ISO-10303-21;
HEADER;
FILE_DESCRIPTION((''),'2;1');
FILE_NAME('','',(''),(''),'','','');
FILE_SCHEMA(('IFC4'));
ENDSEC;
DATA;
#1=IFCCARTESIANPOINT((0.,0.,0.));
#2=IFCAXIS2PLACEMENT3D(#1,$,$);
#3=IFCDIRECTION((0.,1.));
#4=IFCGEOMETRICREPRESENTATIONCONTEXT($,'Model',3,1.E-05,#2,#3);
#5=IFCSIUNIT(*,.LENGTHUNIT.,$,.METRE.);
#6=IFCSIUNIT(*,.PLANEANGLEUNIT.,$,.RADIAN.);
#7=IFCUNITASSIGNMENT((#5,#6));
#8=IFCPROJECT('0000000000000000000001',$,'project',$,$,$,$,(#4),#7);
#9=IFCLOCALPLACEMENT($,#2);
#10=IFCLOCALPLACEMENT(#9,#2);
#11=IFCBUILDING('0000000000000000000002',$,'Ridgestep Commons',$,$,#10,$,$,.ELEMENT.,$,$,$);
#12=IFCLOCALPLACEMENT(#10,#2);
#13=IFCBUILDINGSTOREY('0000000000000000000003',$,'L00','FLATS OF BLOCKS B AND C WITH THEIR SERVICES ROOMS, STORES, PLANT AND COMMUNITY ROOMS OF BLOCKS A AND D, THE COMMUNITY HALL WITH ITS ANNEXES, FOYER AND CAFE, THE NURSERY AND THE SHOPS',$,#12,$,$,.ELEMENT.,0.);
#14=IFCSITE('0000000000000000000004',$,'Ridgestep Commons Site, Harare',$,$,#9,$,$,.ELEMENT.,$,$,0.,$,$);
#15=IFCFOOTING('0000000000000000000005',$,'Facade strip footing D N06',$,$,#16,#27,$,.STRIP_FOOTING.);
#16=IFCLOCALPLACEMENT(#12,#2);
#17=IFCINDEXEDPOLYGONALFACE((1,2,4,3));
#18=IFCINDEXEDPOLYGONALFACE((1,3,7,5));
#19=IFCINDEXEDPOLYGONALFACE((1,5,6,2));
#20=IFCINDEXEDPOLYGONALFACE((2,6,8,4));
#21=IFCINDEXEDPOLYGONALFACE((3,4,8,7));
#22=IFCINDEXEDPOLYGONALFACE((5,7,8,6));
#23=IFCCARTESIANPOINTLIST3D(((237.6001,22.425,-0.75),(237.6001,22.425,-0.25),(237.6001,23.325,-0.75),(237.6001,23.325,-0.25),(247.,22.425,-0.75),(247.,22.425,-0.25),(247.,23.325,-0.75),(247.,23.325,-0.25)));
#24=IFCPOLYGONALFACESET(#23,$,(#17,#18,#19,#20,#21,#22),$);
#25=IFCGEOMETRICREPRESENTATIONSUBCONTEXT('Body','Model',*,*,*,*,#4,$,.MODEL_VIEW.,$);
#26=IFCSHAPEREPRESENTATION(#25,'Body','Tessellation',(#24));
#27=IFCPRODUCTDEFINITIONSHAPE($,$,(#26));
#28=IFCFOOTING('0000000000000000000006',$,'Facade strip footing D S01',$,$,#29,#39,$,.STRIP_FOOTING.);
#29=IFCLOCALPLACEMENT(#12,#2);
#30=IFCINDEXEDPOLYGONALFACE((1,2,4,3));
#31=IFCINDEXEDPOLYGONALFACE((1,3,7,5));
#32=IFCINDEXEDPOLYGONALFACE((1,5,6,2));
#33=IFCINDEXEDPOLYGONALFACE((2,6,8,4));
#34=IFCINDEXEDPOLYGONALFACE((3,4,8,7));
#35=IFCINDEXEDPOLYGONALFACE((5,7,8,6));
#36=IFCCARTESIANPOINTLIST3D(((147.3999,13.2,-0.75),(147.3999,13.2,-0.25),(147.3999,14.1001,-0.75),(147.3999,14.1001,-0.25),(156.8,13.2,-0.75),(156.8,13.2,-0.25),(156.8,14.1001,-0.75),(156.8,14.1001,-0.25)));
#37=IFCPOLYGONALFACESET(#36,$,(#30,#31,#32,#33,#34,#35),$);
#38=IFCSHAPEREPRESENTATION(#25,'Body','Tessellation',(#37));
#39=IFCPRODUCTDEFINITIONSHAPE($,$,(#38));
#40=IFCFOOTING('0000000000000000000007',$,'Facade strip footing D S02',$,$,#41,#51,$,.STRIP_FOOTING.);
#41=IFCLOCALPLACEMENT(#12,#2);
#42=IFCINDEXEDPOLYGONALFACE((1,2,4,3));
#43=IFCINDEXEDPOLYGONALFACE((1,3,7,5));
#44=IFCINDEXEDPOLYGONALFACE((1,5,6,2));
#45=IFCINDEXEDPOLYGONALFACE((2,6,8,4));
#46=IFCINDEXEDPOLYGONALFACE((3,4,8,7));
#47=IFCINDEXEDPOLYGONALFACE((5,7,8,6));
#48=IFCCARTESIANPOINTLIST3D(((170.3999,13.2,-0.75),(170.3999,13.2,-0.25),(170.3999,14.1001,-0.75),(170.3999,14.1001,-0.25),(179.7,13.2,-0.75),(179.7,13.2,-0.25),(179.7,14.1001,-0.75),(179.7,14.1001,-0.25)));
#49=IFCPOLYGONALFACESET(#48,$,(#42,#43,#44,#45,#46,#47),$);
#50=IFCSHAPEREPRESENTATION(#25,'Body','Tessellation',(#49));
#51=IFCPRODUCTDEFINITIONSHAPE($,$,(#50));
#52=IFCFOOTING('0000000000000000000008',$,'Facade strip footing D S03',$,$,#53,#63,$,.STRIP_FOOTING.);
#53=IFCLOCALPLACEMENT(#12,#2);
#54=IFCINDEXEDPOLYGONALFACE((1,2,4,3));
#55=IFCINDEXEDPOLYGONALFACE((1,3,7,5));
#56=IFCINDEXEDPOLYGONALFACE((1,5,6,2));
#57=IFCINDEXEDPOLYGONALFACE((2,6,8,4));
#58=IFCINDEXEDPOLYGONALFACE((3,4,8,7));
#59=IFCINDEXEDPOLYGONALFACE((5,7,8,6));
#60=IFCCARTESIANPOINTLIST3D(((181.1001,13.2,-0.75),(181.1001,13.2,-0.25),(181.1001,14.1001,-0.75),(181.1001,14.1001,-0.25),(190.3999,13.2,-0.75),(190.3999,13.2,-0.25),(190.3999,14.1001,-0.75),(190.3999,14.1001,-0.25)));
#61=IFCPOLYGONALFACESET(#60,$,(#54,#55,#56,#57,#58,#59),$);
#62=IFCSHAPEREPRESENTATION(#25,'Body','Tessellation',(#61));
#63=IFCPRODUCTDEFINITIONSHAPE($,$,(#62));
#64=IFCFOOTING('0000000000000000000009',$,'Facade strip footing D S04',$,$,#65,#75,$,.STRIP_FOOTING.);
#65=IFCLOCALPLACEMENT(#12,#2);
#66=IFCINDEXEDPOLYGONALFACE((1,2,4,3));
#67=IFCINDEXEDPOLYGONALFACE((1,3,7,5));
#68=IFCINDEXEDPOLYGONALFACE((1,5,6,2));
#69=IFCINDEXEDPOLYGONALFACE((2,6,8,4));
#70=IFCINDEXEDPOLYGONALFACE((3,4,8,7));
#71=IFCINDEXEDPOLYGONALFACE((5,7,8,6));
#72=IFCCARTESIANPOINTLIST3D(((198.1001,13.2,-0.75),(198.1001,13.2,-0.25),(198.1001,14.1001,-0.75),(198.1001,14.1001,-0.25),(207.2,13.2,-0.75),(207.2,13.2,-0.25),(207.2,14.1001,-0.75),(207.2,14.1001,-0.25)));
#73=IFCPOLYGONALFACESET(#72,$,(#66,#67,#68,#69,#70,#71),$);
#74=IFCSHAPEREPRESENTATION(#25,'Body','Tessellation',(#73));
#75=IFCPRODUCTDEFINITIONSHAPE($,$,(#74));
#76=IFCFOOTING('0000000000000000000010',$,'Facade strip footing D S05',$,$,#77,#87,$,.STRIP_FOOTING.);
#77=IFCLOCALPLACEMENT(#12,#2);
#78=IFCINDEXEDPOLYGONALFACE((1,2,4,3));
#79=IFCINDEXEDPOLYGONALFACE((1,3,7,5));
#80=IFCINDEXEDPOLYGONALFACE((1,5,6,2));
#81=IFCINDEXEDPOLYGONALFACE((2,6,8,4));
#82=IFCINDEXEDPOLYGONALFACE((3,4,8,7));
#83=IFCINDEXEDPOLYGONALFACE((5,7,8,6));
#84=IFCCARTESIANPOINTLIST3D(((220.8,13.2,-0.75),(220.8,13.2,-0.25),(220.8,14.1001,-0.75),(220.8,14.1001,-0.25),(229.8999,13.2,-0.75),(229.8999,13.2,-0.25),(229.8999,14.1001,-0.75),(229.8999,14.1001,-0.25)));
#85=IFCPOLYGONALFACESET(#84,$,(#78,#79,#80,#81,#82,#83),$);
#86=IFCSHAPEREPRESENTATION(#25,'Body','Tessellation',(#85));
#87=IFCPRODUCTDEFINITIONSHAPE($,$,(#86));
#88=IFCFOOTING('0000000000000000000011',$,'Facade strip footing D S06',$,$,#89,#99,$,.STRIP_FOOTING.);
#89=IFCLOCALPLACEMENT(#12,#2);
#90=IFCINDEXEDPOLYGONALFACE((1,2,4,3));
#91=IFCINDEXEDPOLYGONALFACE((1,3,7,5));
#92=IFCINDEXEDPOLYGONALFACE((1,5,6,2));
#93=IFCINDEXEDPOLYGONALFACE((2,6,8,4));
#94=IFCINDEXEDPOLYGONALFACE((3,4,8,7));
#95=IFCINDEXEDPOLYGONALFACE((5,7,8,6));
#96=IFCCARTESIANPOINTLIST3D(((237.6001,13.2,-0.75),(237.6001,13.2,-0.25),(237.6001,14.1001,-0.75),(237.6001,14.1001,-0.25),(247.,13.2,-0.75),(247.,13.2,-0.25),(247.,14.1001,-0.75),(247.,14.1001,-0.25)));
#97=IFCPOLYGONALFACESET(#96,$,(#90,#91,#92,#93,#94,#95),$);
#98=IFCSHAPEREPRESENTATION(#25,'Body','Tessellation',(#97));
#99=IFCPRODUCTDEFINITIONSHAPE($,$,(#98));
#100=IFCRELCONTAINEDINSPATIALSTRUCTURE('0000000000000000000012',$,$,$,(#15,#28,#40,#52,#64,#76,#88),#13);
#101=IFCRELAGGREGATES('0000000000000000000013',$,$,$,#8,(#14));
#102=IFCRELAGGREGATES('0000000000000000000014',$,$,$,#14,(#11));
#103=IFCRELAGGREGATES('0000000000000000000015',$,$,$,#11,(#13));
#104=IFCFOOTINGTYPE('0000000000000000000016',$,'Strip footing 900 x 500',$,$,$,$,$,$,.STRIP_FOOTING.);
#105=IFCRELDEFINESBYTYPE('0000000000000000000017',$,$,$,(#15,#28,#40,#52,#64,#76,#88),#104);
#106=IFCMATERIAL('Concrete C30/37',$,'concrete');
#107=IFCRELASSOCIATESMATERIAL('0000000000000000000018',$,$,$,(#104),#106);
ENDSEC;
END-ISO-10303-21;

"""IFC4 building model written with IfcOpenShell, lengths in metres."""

from ifc_helpers import new_model, si_unit, direction, frame, origin, place, context, subcontext, project, spatial, polyline, outline, extrude, material, type_object, element, save


model = new_model("IFC4")

# Units and contexts
model_context = context("Model", 3, precision=1e-05, world=origin(), true_north=direction((0.0, 1.0)))
body_context = subcontext(model_context, "Body", "Model", "MODEL_VIEW")
ifc_project = project(units=[si_unit("LENGTHUNIT", "METRE"), si_unit("PLANEANGLEUNIT", "RADIAN")], contexts=[model_context])

# Site, building, storey
site_placement = place(None, origin())
site = spatial("IfcSite", under=ifc_project, at=site_placement, Name="Ridgestep Commons Site, Harare", CompositionType="ELEMENT", RefElevation=0.0)
building_placement = place(site_placement, origin())
building = spatial("IfcBuilding", under=site, at=building_placement, Name="Ridgestep Commons", CompositionType="ELEMENT")
storey_placement = place(building_placement, origin())
storey = spatial("IfcBuildingStorey", under=building, at=storey_placement, Name="L00", Description="FLATS OF BLOCKS B AND C WITH THEIR SERVICES ROOMS, STORES, PLANT AND COMMUNITY ROOMS OF BLOCKS A AND D, THE COMMUNITY HALL WITH ITS ANNEXES, FOYER AND CAFE, THE NURSERY AND THE SHOPS", CompositionType="ELEMENT", Elevation=0.0)

# Footings
ifc_material_1 = material(Name="Concrete C30/37", Category="concrete")
footing_type_1 = type_object("IfcFootingType", Name="Strip footing 900 x 500", PredefinedType="STRIP_FOOTING", material=ifc_material_1)
footing_1_placement = place(storey_placement, frame((0.0, 0.0, -0.75)))
element("IfcFooting", 1, at=footing_1_placement, inside=storey, type_object=footing_type_1, Name="Facade strip footing D N06", PredefinedType="STRIP_FOOTING", context=body_context, shape_type="SweptSolid", body=[
    extrude(outline(polyline([(247.0, 22.425), (247.0, 23.325), (237.6001, 23.325), (237.6001, 22.425), (247.0, 22.425)])), origin(), (0.0, 0.0, 1.0), 0.5),
])
footing_2_placement = place(storey_placement, frame((0.0, 0.0, -0.75)))
element("IfcFooting", 2, at=footing_2_placement, inside=storey, type_object=footing_type_1, Name="Facade strip footing D S01", PredefinedType="STRIP_FOOTING", context=body_context, shape_type="SweptSolid", body=[
    extrude(outline(polyline([(156.8, 13.2), (156.8, 14.1001), (147.3999, 14.1001), (147.3999, 13.2), (156.8, 13.2)])), origin(), (0.0, 0.0, 1.0), 0.5),
])
footing_3_placement = place(storey_placement, frame((0.0, 0.0, -0.75)))
element("IfcFooting", 3, at=footing_3_placement, inside=storey, type_object=footing_type_1, Name="Facade strip footing D S02", PredefinedType="STRIP_FOOTING", context=body_context, shape_type="SweptSolid", body=[
    extrude(outline(polyline([(179.7, 13.2), (179.7, 14.1001), (170.3999, 14.1001), (170.3999, 13.2), (179.7, 13.2)])), origin(), (0.0, 0.0, 1.0), 0.5),
])
footing_4_placement = place(storey_placement, frame((0.0, 0.0, -0.75)))
element("IfcFooting", 4, at=footing_4_placement, inside=storey, type_object=footing_type_1, Name="Facade strip footing D S03", PredefinedType="STRIP_FOOTING", context=body_context, shape_type="SweptSolid", body=[
    extrude(outline(polyline([(190.3999, 13.2), (190.3999, 14.1001), (181.1001, 14.1001), (181.1001, 13.2), (190.3999, 13.2)])), origin(), (0.0, 0.0, 1.0), 0.5),
])
footing_5_placement = place(storey_placement, frame((0.0, 0.0, -0.75)))
element("IfcFooting", 5, at=footing_5_placement, inside=storey, type_object=footing_type_1, Name="Facade strip footing D S04", PredefinedType="STRIP_FOOTING", context=body_context, shape_type="SweptSolid", body=[
    extrude(outline(polyline([(207.2, 13.2), (207.2, 14.1001), (198.1001, 14.1001), (198.1001, 13.2), (207.2, 13.2)])), origin(), (0.0, 0.0, 1.0), 0.5),
])
footing_6_placement = place(storey_placement, frame((0.0, 0.0, -0.75)))
element("IfcFooting", 6, at=footing_6_placement, inside=storey, type_object=footing_type_1, Name="Facade strip footing D S05", PredefinedType="STRIP_FOOTING", context=body_context, shape_type="SweptSolid", body=[
    extrude(outline(polyline([(229.8999, 13.2), (229.8999, 14.1001), (220.8, 14.1001), (220.8, 13.2), (229.8999, 13.2)])), origin(), (0.0, 0.0, 1.0), 0.5),
])
footing_7_placement = place(storey_placement, frame((0.0, 0.0, -0.75)))
element("IfcFooting", 7, at=footing_7_placement, inside=storey, type_object=footing_type_1, Name="Facade strip footing D S06", PredefinedType="STRIP_FOOTING", context=body_context, shape_type="SweptSolid", body=[
    extrude(outline(polyline([(247.0, 13.2), (247.0, 14.1001), (237.6001, 14.1001), (237.6001, 13.2), (247.0, 13.2)])), origin(), (0.0, 0.0, 1.0), 0.5),
])

save(model, "model.ifc")
